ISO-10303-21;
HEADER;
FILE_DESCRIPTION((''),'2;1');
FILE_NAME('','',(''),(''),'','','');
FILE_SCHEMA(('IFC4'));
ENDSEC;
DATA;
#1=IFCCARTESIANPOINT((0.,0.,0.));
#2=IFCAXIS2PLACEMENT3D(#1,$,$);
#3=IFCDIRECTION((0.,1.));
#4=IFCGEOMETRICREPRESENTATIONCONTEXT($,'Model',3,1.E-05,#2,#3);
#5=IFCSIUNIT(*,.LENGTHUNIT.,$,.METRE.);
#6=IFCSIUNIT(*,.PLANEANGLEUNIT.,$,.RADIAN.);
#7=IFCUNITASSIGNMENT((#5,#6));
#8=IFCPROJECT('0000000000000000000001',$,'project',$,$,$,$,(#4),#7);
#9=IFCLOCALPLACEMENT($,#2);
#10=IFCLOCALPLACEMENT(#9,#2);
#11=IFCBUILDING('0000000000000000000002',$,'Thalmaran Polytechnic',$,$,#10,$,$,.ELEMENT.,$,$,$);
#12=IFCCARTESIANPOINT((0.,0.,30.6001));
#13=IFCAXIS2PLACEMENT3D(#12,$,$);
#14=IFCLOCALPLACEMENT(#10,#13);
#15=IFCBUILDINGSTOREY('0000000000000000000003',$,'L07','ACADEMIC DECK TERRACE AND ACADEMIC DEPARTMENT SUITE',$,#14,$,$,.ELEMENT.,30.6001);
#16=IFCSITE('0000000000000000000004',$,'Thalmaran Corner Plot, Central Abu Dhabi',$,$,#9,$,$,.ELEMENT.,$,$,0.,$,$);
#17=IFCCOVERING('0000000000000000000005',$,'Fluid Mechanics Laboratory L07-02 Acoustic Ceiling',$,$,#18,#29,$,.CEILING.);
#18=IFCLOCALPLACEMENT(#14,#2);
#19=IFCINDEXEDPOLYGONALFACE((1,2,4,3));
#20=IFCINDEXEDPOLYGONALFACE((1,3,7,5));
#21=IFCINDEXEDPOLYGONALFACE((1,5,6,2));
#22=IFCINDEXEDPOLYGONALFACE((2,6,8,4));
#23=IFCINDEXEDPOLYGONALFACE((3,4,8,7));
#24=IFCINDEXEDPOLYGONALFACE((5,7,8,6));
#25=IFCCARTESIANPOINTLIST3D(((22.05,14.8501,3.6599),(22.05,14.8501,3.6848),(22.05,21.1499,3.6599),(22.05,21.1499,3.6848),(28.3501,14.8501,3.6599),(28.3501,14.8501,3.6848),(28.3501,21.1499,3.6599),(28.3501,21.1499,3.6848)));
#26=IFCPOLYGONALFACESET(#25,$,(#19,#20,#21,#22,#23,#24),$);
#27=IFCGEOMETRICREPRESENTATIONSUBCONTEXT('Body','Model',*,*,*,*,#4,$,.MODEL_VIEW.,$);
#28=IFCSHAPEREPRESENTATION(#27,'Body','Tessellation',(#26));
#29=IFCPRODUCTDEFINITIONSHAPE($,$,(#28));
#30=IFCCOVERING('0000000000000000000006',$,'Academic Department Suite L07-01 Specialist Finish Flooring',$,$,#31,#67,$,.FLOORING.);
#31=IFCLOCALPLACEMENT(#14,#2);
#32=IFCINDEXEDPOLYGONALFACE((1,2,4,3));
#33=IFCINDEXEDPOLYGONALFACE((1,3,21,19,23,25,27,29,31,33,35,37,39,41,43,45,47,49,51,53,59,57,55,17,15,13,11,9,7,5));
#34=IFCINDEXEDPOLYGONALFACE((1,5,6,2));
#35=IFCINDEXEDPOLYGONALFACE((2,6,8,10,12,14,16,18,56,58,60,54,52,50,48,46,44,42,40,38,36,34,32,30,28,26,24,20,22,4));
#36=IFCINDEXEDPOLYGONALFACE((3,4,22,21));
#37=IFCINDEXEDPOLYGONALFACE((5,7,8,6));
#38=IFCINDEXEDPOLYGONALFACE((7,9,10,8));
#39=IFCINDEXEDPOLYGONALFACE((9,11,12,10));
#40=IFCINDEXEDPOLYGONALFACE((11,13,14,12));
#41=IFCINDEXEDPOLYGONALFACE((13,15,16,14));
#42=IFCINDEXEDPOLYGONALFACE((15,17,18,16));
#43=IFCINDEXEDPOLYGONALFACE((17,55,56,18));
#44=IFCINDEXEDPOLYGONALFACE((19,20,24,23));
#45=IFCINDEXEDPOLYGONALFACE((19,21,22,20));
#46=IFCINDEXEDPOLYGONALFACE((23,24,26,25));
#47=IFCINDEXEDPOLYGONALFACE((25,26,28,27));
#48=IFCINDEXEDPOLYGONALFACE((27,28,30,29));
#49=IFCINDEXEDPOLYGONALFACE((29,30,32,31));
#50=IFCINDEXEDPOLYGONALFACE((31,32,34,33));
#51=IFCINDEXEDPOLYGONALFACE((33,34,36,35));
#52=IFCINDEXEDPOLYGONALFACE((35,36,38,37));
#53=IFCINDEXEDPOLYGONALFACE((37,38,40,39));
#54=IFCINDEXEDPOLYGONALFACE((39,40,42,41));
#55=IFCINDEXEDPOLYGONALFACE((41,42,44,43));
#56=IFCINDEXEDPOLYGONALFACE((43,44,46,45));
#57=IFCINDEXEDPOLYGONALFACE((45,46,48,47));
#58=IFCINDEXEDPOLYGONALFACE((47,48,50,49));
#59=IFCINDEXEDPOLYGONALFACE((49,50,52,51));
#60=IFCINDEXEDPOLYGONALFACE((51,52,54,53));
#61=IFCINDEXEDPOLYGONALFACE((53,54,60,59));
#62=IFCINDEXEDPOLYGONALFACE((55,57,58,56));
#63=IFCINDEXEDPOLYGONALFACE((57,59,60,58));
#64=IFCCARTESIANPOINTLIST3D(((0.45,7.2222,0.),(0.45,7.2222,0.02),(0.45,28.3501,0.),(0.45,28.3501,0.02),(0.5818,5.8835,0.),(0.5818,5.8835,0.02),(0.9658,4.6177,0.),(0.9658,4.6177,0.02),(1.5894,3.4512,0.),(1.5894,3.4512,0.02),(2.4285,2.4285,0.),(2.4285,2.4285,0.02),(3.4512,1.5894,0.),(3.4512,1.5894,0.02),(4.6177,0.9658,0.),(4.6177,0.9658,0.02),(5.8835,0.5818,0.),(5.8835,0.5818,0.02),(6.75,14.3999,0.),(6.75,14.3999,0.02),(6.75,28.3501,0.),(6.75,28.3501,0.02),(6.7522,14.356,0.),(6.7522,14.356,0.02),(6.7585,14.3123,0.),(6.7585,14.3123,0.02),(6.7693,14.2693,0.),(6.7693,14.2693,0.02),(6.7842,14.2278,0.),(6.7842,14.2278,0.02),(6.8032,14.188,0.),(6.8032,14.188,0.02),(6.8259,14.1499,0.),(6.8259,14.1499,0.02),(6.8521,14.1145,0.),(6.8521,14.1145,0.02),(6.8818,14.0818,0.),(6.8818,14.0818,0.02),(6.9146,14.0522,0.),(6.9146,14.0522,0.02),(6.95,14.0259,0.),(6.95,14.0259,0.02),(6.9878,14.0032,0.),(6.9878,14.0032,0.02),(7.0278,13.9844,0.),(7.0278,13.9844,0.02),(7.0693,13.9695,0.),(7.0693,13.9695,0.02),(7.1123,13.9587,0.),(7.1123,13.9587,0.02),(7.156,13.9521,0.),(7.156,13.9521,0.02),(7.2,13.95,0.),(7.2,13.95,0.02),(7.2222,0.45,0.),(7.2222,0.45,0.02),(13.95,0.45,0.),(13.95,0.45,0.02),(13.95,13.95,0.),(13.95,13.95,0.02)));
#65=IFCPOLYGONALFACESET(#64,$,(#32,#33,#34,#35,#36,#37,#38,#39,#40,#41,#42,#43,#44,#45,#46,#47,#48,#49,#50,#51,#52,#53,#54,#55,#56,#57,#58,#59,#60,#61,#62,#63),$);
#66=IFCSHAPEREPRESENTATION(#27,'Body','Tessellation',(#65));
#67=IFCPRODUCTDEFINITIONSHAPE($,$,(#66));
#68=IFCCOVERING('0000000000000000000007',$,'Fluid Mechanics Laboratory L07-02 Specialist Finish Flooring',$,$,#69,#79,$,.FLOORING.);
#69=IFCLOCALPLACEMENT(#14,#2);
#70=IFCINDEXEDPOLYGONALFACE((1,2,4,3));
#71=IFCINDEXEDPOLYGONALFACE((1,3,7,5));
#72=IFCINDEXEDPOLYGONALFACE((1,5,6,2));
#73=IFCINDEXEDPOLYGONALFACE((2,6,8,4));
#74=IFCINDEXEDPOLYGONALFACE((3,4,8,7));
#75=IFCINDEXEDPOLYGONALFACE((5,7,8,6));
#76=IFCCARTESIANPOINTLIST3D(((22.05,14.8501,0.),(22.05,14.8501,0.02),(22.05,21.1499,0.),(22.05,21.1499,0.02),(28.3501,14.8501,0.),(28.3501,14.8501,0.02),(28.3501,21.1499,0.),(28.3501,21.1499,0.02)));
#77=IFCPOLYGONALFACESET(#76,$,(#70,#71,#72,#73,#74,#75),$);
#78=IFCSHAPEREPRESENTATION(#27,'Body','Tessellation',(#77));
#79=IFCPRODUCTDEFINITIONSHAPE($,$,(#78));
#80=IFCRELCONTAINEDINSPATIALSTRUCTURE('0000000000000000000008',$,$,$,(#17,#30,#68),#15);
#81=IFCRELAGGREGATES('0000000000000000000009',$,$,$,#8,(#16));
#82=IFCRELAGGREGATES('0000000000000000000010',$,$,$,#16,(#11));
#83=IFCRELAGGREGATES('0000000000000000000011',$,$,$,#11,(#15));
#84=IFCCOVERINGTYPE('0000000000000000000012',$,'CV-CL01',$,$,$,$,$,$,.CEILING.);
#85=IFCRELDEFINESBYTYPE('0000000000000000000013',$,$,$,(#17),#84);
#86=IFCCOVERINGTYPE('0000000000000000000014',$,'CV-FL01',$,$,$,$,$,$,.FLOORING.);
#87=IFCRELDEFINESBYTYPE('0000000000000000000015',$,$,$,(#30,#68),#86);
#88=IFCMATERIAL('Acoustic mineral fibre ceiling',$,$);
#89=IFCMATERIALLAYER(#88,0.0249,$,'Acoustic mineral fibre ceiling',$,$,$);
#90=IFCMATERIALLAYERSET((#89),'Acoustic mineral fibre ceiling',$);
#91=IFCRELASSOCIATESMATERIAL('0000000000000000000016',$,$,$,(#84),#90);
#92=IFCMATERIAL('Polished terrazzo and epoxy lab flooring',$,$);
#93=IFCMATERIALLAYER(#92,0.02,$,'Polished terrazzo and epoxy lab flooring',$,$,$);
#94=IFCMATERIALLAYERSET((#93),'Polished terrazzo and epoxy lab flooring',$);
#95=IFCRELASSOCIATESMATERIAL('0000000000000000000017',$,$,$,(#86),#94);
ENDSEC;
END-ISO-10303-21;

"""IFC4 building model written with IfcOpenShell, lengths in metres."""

from ifc_helpers import new_model, si_unit, direction, frame, origin, place, context, subcontext, project, spatial, polyline, outline, extrude, material, layer, layer_set, type_object, element, save


model = new_model("IFC4")

# Units and contexts
model_context = context("Model", 3, precision=1e-05, world=origin(), true_north=direction((0.0, 1.0)))
body_context = subcontext(model_context, "Body", "Model", "MODEL_VIEW")
ifc_project = project(units=[si_unit("LENGTHUNIT", "METRE"), si_unit("PLANEANGLEUNIT", "RADIAN")], contexts=[model_context])

# Site, building, storey
site_placement = place(None, origin())
site = spatial("IfcSite", under=ifc_project, at=site_placement, Name="Thalmaran Corner Plot, Central Abu Dhabi", CompositionType="ELEMENT", RefElevation=0.0)
building_placement = place(site_placement, origin())
building = spatial("IfcBuilding", under=site, at=building_placement, Name="Thalmaran Polytechnic", CompositionType="ELEMENT")
storey_placement = place(building_placement, frame((0.0, 0.0, 30.6001)))
storey = spatial("IfcBuildingStorey", under=building, at=storey_placement, Name="L07", Description="ACADEMIC DECK TERRACE AND ACADEMIC DEPARTMENT SUITE", CompositionType="ELEMENT", Elevation=30.6001)

# Coverings
ifc_material_1 = material(Name="Acoustic mineral fibre ceiling")
ifc_layer_1 = layer(ifc_material_1, 0.0249, Name="Acoustic mineral fibre ceiling")
ifc_layer_set_1 = layer_set([ifc_layer_1], Name="Acoustic mineral fibre ceiling")
covering_type_1 = type_object("IfcCoveringType", Name="CV-CL01", PredefinedType="CEILING", material=ifc_layer_set_1)
covering_1_placement = place(storey_placement, frame((0.0, 0.0, 3.6599)))
element("IfcCovering", 1, at=covering_1_placement, inside=storey, type_object=covering_type_1, Name="Fluid Mechanics Laboratory L07-02 Acoustic Ceiling", PredefinedType="CEILING", context=body_context, shape_type="SweptSolid", body=[
    extrude(outline(polyline([(28.3501, 14.8501), (22.05, 14.8501), (22.05, 21.1499), (28.3501, 21.1499), (28.3501, 14.8501)])), origin(), (0.0, 0.0, 1.0), 0.0249),
])
ifc_material_2 = material(Name="Polished terrazzo and epoxy lab flooring")
ifc_layer_2 = layer(ifc_material_2, 0.02, Name="Polished terrazzo and epoxy lab flooring")
ifc_layer_set_2 = layer_set([ifc_layer_2], Name="Polished terrazzo and epoxy lab flooring")
covering_type_2 = type_object("IfcCoveringType", Name="CV-FL01", PredefinedType="FLOORING", material=ifc_layer_set_2)
covering_2_placement = place(storey_placement, origin())
element("IfcCovering", 2, at=covering_2_placement, inside=storey, type_object=covering_type_2, Name="Academic Department Suite L07-01 Specialist Finish Flooring", PredefinedType="FLOORING", context=body_context, shape_type="SweptSolid", body=[
    extrude(outline(polyline([(4.6177, 0.9658), (3.4512, 1.5894), (2.4285, 2.4285), (1.5894, 3.4512), (0.9658, 4.6177), (0.5818, 5.8835), (0.45, 7.2222), (0.45, 28.3501), (6.75, 28.3501), (6.75, 14.3999), (6.7522, 14.356), (6.7585, 14.3123), (6.7693, 14.2693), (6.7842, 14.2278), (6.8032, 14.188), (6.8259, 14.1499), (6.8521, 14.1145), (6.8818, 14.0818), (6.9146, 14.0522), (6.95, 14.0259), (6.9878, 14.0032), (7.0278, 13.9844), (7.0693, 13.9695), (7.1123, 13.9587), (7.156, 13.9521), (7.2, 13.95), (13.95, 13.95), (13.95, 0.45), (7.2222, 0.45), (5.8835, 0.5818), (4.6177, 0.9658)])), origin(), (0.0, 0.0, 1.0), 0.02),
])
covering_3_placement = place(storey_placement, origin())
element("IfcCovering", 3, at=covering_3_placement, inside=storey, type_object=covering_type_2, Name="Fluid Mechanics Laboratory L07-02 Specialist Finish Flooring", PredefinedType="FLOORING", context=body_context, shape_type="SweptSolid", body=[
    extrude(outline(polyline([(28.3501, 14.8501), (22.05, 14.8501), (22.05, 21.1499), (28.3501, 21.1499), (28.3501, 14.8501)])), origin(), (0.0, 0.0, 1.0), 0.02),
])

save(model, "model.ifc")
